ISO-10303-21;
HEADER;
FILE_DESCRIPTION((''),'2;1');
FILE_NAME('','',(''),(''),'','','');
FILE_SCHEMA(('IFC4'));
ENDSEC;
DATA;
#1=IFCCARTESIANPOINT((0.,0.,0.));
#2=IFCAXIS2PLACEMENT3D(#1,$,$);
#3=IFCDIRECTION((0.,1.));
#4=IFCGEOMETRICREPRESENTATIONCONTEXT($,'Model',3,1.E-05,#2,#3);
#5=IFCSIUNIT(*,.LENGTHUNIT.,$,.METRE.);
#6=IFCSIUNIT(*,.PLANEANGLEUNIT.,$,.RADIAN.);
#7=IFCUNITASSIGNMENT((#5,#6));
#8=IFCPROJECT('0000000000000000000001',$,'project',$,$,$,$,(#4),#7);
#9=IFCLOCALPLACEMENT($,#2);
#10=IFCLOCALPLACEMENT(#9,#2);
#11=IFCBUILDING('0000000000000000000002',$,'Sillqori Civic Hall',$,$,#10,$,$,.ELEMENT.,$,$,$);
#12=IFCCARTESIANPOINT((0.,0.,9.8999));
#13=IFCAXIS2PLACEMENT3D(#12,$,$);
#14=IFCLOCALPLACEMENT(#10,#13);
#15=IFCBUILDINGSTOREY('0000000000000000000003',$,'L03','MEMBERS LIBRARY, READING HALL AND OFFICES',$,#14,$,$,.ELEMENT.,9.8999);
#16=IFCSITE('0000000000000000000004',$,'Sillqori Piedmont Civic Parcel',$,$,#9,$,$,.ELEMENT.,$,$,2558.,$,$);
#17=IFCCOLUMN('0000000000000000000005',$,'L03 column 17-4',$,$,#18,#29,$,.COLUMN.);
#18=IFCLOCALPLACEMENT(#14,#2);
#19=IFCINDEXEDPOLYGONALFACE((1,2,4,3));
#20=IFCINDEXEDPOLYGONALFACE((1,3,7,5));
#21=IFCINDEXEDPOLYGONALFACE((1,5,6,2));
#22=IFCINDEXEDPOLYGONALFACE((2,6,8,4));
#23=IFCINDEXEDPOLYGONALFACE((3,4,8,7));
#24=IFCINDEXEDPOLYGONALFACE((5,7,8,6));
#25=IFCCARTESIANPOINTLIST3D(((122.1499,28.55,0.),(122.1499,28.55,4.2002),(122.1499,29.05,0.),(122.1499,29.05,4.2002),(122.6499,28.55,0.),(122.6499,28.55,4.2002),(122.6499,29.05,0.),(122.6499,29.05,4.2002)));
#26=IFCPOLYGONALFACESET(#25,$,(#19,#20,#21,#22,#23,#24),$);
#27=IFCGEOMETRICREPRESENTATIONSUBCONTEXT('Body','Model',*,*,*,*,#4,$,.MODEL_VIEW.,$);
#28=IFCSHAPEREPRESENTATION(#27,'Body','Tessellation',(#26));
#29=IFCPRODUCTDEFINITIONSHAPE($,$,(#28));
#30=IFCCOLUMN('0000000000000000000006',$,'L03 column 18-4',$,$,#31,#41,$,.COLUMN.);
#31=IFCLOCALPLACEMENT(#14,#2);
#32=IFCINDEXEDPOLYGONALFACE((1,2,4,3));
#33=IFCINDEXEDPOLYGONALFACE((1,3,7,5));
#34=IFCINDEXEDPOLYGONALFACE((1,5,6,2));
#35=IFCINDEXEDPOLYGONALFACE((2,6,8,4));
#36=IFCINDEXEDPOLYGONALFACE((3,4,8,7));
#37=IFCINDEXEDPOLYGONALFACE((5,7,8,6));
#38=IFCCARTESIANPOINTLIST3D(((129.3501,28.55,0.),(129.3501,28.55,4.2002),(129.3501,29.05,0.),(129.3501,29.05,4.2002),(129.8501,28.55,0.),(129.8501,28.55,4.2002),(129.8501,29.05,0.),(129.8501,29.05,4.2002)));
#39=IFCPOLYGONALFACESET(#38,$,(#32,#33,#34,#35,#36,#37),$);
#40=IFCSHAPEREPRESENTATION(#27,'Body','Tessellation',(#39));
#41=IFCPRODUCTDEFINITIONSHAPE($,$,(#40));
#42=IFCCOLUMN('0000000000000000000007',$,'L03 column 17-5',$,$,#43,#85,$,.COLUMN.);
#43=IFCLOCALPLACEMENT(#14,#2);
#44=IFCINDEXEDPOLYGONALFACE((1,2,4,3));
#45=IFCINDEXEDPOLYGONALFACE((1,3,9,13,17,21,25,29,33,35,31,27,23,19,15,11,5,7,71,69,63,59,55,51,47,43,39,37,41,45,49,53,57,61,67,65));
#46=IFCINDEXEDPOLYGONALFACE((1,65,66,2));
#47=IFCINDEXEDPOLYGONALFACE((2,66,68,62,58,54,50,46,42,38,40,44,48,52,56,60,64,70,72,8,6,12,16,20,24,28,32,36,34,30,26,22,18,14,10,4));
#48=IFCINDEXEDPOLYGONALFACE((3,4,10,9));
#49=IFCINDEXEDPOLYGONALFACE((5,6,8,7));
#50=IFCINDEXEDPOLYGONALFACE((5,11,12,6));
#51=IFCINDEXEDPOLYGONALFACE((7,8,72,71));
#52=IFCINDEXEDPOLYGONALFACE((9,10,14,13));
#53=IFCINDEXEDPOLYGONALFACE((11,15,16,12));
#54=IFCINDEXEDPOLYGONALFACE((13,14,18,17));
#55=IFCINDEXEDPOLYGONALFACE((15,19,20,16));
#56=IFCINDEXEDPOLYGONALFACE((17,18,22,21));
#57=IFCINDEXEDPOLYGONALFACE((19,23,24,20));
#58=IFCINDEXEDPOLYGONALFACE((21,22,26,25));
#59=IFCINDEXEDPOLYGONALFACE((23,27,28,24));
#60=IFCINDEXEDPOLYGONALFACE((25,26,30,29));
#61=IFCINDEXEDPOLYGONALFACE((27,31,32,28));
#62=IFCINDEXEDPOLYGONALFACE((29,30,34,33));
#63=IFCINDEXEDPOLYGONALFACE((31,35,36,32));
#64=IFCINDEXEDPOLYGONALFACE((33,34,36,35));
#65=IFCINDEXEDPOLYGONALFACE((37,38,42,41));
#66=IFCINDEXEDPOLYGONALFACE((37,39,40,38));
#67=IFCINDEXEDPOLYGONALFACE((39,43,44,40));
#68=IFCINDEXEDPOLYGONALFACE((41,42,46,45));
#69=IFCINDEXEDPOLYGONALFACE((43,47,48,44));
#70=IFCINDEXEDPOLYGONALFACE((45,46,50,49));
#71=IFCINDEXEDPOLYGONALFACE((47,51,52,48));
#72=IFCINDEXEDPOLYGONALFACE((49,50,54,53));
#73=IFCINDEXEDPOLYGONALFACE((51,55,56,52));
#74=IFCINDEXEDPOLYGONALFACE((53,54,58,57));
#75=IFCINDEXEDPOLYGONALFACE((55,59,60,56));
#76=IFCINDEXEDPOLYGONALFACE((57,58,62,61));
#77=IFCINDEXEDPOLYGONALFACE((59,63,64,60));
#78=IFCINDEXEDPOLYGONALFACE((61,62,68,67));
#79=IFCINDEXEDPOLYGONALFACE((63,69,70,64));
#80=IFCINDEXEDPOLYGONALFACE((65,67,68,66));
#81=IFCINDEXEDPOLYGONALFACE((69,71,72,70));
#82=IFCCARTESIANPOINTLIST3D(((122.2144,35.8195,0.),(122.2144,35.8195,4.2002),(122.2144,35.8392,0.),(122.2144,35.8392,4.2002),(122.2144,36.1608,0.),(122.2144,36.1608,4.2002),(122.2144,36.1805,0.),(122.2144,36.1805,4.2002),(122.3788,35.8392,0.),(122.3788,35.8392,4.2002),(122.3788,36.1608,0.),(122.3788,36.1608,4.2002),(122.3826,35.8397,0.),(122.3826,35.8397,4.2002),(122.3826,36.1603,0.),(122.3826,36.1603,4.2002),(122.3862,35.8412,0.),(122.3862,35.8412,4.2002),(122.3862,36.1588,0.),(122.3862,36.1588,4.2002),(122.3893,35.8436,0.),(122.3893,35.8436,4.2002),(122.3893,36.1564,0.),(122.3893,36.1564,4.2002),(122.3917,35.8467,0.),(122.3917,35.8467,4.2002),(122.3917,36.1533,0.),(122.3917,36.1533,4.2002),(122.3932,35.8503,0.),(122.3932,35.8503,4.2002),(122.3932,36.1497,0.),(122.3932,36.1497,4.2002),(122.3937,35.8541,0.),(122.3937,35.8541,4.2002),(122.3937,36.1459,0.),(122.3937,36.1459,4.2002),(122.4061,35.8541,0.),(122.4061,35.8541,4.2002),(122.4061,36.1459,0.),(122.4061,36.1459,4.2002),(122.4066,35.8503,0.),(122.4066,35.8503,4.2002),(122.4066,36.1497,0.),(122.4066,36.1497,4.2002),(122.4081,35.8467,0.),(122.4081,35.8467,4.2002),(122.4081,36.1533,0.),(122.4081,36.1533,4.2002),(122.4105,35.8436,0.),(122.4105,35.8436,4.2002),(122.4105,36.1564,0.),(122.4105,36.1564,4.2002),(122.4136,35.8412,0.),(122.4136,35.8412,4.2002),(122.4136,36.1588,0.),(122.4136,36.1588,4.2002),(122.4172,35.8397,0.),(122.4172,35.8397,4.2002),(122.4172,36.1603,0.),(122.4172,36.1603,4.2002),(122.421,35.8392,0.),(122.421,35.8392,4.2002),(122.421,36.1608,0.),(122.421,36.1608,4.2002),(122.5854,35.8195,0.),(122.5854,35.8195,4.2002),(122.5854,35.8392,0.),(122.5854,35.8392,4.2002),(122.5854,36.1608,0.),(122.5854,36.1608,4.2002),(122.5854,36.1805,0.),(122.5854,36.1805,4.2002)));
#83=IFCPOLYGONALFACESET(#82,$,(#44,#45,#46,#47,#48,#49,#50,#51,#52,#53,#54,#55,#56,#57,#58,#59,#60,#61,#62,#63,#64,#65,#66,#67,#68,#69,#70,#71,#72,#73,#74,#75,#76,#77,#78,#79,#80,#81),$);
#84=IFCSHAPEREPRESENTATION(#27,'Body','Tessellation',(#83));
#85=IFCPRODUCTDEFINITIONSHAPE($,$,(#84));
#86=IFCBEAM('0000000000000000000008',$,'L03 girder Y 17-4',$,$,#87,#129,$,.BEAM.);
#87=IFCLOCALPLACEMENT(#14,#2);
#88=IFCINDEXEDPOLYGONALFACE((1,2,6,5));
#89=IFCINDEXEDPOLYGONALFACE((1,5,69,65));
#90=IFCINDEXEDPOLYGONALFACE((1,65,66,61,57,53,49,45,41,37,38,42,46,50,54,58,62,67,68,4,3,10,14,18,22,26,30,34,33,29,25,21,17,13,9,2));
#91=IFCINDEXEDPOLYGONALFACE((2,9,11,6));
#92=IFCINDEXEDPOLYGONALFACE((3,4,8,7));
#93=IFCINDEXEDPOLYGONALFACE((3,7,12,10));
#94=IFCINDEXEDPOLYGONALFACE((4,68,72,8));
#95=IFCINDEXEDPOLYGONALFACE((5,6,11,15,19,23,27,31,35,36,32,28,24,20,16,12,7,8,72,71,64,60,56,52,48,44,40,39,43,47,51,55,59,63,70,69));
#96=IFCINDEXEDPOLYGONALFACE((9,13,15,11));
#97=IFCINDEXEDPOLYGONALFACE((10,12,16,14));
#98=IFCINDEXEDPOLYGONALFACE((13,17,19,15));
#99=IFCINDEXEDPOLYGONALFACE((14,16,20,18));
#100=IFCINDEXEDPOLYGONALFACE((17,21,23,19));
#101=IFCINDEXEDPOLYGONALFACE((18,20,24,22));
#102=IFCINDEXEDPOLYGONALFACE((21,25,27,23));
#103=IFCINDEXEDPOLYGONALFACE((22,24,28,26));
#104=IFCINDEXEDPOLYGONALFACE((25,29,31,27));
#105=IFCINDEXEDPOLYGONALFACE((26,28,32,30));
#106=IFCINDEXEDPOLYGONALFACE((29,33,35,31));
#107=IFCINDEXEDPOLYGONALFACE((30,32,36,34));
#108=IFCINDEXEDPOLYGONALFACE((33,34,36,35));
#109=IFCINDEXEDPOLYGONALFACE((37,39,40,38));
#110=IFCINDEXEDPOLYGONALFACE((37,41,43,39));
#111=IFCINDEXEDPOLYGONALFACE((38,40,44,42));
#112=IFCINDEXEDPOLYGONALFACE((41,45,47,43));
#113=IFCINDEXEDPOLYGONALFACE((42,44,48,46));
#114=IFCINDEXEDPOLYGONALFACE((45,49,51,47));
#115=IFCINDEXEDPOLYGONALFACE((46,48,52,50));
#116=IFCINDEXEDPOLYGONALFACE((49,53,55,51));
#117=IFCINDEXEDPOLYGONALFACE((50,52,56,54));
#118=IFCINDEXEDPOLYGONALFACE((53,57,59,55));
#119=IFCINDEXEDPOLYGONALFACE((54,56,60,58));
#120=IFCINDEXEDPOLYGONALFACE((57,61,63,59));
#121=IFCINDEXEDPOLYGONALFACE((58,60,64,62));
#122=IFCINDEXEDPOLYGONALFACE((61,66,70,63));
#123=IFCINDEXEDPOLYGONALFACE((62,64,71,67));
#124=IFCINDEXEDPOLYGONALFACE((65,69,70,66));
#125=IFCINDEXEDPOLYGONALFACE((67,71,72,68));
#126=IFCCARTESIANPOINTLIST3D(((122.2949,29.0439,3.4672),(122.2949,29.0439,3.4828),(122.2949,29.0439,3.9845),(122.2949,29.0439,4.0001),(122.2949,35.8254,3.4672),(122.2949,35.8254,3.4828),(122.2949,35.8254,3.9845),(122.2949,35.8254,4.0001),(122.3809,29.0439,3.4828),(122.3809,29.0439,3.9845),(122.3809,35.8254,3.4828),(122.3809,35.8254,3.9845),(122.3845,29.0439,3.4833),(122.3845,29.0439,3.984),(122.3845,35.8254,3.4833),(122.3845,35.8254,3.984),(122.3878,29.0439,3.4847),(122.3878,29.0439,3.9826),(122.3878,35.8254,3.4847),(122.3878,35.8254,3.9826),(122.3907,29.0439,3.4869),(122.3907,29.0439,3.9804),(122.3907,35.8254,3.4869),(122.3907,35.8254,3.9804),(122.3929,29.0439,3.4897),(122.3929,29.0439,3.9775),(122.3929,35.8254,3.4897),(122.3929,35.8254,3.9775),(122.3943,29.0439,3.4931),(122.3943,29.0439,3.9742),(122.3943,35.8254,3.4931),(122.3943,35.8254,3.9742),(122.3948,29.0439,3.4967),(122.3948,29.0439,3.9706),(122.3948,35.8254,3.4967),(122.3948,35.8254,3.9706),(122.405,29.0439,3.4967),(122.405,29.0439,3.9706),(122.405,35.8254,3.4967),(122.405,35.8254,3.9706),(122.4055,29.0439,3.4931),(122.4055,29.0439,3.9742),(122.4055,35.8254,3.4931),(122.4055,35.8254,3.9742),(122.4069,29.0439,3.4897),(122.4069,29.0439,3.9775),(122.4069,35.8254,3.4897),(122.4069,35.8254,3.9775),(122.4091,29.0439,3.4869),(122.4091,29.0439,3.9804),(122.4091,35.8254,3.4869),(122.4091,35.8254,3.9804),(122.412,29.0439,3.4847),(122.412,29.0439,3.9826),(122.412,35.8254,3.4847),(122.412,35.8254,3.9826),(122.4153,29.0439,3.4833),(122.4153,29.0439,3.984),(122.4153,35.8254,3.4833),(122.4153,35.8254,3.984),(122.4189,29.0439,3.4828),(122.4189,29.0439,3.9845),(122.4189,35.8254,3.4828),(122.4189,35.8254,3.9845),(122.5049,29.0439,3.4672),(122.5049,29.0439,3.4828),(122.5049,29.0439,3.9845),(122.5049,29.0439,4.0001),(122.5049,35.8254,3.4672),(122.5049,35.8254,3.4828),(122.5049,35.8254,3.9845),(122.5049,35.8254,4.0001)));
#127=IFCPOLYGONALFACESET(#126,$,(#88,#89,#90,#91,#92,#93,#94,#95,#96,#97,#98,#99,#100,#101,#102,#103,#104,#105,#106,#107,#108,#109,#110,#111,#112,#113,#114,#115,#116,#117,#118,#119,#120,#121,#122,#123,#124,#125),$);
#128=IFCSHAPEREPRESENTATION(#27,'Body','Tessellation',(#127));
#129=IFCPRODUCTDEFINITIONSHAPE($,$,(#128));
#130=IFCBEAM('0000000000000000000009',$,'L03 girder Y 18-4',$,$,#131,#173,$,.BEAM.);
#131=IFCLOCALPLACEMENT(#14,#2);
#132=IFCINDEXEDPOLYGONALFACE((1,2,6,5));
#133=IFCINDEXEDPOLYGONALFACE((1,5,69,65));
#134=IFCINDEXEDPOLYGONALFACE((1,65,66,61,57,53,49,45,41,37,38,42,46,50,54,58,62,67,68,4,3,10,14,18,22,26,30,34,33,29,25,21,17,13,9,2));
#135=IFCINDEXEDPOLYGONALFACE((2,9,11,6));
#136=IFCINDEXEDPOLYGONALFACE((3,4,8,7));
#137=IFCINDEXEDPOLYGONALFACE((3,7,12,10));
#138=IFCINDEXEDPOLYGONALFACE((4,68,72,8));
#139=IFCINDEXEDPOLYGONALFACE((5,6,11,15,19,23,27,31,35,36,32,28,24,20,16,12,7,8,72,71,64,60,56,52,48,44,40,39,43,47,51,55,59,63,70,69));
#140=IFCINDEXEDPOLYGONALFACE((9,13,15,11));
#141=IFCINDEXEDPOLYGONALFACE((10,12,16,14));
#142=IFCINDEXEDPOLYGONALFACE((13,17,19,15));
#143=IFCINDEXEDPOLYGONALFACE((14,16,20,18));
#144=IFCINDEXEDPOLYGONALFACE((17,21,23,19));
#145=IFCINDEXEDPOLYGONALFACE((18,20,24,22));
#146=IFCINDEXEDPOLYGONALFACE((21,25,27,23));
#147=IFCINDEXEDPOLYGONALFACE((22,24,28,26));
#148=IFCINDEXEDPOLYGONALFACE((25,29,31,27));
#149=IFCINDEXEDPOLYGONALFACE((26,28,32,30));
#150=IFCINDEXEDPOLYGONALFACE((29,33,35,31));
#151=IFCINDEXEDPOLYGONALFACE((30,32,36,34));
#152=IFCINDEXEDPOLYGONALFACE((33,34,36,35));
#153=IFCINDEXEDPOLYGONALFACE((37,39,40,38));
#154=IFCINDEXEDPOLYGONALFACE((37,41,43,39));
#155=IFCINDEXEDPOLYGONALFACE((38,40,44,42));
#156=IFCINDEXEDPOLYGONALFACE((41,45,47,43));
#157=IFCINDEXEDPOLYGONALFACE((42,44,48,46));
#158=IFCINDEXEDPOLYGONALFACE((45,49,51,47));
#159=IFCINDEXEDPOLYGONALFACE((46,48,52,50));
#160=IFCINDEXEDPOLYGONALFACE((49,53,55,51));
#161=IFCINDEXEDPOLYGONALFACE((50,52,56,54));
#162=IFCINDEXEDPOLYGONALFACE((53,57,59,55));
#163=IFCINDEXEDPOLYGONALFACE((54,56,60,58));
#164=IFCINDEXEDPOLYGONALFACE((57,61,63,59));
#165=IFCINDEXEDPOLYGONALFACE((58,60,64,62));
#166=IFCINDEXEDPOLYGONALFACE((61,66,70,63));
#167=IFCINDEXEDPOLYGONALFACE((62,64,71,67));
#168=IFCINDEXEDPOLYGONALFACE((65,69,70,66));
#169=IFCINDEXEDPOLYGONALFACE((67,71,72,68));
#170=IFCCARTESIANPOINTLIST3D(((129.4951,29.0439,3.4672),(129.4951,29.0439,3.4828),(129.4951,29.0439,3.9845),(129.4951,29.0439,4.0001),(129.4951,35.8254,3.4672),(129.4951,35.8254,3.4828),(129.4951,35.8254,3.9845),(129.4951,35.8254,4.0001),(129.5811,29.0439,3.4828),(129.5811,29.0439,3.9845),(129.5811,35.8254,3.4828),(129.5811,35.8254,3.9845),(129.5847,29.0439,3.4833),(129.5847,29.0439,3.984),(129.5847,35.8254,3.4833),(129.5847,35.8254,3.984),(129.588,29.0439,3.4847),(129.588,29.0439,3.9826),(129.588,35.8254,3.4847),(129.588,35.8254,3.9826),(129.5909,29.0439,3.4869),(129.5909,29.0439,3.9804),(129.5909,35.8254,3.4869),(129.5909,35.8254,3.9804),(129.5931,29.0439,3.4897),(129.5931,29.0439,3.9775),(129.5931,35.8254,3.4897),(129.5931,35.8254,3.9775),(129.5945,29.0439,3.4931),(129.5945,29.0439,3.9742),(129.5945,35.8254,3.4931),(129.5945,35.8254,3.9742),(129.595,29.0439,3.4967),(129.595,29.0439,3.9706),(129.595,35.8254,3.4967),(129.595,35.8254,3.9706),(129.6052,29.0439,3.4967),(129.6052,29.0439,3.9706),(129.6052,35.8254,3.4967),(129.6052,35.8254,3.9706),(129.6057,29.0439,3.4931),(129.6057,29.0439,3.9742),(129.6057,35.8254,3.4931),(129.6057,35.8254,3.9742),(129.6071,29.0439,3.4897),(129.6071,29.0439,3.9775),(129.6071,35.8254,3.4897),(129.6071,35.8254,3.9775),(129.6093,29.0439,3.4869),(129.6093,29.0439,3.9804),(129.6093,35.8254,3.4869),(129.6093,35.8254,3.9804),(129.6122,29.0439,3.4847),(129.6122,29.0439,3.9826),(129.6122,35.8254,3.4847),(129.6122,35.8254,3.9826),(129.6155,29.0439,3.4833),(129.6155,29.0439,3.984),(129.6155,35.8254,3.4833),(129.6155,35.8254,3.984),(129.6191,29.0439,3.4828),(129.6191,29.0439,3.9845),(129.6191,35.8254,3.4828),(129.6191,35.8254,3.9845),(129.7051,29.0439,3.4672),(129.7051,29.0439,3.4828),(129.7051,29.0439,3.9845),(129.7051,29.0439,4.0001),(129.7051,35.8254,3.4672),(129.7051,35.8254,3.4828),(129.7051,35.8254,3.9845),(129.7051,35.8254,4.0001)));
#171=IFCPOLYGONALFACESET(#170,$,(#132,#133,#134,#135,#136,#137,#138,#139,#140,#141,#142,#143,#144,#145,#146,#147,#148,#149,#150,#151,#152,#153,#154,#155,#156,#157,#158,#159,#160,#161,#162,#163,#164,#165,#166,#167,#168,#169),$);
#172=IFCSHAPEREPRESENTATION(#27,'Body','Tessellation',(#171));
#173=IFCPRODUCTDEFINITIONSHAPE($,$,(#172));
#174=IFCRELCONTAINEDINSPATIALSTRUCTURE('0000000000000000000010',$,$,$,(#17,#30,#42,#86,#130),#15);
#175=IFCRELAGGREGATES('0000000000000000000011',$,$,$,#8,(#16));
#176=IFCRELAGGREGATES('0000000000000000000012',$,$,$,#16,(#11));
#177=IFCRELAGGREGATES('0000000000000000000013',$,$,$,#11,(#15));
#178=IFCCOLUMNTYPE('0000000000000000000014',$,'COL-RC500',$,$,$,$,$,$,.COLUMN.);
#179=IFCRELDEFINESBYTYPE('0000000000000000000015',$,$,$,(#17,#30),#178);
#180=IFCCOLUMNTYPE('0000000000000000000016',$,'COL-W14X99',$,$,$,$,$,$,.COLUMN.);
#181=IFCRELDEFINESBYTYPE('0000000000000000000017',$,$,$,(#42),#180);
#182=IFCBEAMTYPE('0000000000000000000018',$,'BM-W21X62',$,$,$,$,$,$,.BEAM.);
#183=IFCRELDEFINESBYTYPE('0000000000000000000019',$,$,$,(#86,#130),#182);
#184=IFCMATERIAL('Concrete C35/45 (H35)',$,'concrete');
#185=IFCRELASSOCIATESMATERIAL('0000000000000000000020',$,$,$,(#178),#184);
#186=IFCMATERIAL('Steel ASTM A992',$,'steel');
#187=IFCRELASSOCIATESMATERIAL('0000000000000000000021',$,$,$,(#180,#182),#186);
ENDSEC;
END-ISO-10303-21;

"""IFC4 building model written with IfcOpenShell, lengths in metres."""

from ifc_helpers import new_model, si_unit, direction, frame, origin, origin_2d, place, context, subcontext, project, spatial, rectangle, i_section, extrude, material, material_profile, profile_set, type_object, element, save


model = new_model("IFC4")

# Units and contexts
model_context = context("Model", 3, precision=1e-05, world=origin(), true_north=direction((0.0, 1.0)))
body_context = subcontext(model_context, "Body", "Model", "MODEL_VIEW")
ifc_project = project(units=[si_unit("LENGTHUNIT", "METRE"), si_unit("PLANEANGLEUNIT", "RADIAN")], contexts=[model_context])

# Site, building, storey
site_placement = place(None, origin())
site = spatial("IfcSite", under=ifc_project, at=site_placement, Name="Sillqori Piedmont Civic Parcel", CompositionType="ELEMENT", RefElevation=2558.0)
building_placement = place(site_placement, origin())
building = spatial("IfcBuilding", under=site, at=building_placement, Name="Sillqori Civic Hall", CompositionType="ELEMENT")
storey_placement = place(building_placement, frame((0.0, 0.0, 9.8999)))
storey = spatial("IfcBuildingStorey", under=building, at=storey_placement, Name="L03", Description="MEMBERS LIBRARY, READING HALL AND OFFICES", CompositionType="ELEMENT", Elevation=9.8999)

# Columns
ifc_material_1 = material(Name="Concrete C35/45 (H35)", Category="concrete")
ifc_material_profile_1 = material_profile(ifc_material_1, rectangle(XDim=0.5, YDim=0.5, at=origin_2d()), Name="RC 500x500")
ifc_profile_set_1 = profile_set([ifc_material_profile_1], Name="Concrete C35/45 (H35)")
column_type_1 = type_object("IfcColumnType", Name="COL-RC500", PredefinedType="COLUMN", material=ifc_profile_set_1)
for number, where, z_axis, x_axis, name in (
    (1, (122.3999, 28.8, 0.0), (0.0, 0.0, 1.0), (1.0, 0.0, 0.0), "L03 column 17-4"),
    (2, (129.6001, 28.8, 0.0), (0.0, 0.0, 1.0), (1.0, 0.0, 0.0), "L03 column 18-4"),
):
    element("IfcColumn", number, at=place(storey_placement, frame(where, z_axis=z_axis, x_axis=x_axis)), inside=storey, type_object=column_type_1, Name=name, PredefinedType="COLUMN", context=body_context, shape_type="SweptSolid", body=[
        extrude(rectangle(XDim=0.5, YDim=0.5, at=origin_2d()), origin(), (0.0, 0.0, 1.0), 4.2002),
    ])
ifc_material_2 = material(Name="Steel ASTM A992", Category="steel")
ifc_material_profile_2 = material_profile(ifc_material_2, i_section(OverallWidth=0.3711, OverallDepth=0.3611, WebThickness=0.0125, FlangeThickness=0.0198, FilletRadius=0.0149, at=origin_2d()), Name="W14X99")
ifc_profile_set_2 = profile_set([ifc_material_profile_2], Name="Steel ASTM A992")
column_type_2 = type_object("IfcColumnType", Name="COL-W14X99", PredefinedType="COLUMN", material=ifc_profile_set_2)
column_placement = place(storey_placement, frame((122.3999, 36.0, 0.0), z_axis=(0.0, 0.0, 1.0), x_axis=(1.0, 0.0, 0.0)))
element("IfcColumn", 3, at=column_placement, inside=storey, type_object=column_type_2, Name="L03 column 17-5", PredefinedType="COLUMN", context=body_context, shape_type="SweptSolid", body=[
    extrude(i_section(OverallWidth=0.3711, OverallDepth=0.3611, WebThickness=0.0125, FlangeThickness=0.0198, FilletRadius=0.0149, at=origin_2d()), origin(), (0.0, 0.0, 1.0), 4.2002),
])

# Beams
ifc_material_profile_3 = material_profile(ifc_material_2, i_section(OverallWidth=0.21, OverallDepth=0.533, WebThickness=0.0103, FlangeThickness=0.0156, FilletRadius=0.0139, at=origin_2d()), Name="W21X62")
ifc_profile_set_3 = profile_set([ifc_material_profile_3], Name="Steel ASTM A992")
beam_type_1 = type_object("IfcBeamType", Name="BM-W21X62", PredefinedType="BEAM", material=ifc_profile_set_3)
for number, where, z_axis, x_axis, name in (
    (4, (122.3999, 29.0439, 3.7336), (0.0, 1.0, 0.0), (-1.0, 0.0, 0.0), "L03 girder Y 17-4"),
    (5, (129.6001, 29.0439, 3.7336), (0.0, 1.0, 0.0), (-1.0, 0.0, 0.0), "L03 girder Y 18-4"),
):
    element("IfcBeam", number, at=place(storey_placement, frame(where, z_axis=z_axis, x_axis=x_axis)), inside=storey, type_object=beam_type_1, Name=name, PredefinedType="BEAM", context=body_context, shape_type="SweptSolid", body=[
        extrude(i_section(OverallWidth=0.21, OverallDepth=0.533, WebThickness=0.0103, FlangeThickness=0.0156, FilletRadius=0.0139, at=origin_2d()), origin(), (0.0, 0.0, 1.0), 6.7815),
    ])

save(model, "model.ifc")
